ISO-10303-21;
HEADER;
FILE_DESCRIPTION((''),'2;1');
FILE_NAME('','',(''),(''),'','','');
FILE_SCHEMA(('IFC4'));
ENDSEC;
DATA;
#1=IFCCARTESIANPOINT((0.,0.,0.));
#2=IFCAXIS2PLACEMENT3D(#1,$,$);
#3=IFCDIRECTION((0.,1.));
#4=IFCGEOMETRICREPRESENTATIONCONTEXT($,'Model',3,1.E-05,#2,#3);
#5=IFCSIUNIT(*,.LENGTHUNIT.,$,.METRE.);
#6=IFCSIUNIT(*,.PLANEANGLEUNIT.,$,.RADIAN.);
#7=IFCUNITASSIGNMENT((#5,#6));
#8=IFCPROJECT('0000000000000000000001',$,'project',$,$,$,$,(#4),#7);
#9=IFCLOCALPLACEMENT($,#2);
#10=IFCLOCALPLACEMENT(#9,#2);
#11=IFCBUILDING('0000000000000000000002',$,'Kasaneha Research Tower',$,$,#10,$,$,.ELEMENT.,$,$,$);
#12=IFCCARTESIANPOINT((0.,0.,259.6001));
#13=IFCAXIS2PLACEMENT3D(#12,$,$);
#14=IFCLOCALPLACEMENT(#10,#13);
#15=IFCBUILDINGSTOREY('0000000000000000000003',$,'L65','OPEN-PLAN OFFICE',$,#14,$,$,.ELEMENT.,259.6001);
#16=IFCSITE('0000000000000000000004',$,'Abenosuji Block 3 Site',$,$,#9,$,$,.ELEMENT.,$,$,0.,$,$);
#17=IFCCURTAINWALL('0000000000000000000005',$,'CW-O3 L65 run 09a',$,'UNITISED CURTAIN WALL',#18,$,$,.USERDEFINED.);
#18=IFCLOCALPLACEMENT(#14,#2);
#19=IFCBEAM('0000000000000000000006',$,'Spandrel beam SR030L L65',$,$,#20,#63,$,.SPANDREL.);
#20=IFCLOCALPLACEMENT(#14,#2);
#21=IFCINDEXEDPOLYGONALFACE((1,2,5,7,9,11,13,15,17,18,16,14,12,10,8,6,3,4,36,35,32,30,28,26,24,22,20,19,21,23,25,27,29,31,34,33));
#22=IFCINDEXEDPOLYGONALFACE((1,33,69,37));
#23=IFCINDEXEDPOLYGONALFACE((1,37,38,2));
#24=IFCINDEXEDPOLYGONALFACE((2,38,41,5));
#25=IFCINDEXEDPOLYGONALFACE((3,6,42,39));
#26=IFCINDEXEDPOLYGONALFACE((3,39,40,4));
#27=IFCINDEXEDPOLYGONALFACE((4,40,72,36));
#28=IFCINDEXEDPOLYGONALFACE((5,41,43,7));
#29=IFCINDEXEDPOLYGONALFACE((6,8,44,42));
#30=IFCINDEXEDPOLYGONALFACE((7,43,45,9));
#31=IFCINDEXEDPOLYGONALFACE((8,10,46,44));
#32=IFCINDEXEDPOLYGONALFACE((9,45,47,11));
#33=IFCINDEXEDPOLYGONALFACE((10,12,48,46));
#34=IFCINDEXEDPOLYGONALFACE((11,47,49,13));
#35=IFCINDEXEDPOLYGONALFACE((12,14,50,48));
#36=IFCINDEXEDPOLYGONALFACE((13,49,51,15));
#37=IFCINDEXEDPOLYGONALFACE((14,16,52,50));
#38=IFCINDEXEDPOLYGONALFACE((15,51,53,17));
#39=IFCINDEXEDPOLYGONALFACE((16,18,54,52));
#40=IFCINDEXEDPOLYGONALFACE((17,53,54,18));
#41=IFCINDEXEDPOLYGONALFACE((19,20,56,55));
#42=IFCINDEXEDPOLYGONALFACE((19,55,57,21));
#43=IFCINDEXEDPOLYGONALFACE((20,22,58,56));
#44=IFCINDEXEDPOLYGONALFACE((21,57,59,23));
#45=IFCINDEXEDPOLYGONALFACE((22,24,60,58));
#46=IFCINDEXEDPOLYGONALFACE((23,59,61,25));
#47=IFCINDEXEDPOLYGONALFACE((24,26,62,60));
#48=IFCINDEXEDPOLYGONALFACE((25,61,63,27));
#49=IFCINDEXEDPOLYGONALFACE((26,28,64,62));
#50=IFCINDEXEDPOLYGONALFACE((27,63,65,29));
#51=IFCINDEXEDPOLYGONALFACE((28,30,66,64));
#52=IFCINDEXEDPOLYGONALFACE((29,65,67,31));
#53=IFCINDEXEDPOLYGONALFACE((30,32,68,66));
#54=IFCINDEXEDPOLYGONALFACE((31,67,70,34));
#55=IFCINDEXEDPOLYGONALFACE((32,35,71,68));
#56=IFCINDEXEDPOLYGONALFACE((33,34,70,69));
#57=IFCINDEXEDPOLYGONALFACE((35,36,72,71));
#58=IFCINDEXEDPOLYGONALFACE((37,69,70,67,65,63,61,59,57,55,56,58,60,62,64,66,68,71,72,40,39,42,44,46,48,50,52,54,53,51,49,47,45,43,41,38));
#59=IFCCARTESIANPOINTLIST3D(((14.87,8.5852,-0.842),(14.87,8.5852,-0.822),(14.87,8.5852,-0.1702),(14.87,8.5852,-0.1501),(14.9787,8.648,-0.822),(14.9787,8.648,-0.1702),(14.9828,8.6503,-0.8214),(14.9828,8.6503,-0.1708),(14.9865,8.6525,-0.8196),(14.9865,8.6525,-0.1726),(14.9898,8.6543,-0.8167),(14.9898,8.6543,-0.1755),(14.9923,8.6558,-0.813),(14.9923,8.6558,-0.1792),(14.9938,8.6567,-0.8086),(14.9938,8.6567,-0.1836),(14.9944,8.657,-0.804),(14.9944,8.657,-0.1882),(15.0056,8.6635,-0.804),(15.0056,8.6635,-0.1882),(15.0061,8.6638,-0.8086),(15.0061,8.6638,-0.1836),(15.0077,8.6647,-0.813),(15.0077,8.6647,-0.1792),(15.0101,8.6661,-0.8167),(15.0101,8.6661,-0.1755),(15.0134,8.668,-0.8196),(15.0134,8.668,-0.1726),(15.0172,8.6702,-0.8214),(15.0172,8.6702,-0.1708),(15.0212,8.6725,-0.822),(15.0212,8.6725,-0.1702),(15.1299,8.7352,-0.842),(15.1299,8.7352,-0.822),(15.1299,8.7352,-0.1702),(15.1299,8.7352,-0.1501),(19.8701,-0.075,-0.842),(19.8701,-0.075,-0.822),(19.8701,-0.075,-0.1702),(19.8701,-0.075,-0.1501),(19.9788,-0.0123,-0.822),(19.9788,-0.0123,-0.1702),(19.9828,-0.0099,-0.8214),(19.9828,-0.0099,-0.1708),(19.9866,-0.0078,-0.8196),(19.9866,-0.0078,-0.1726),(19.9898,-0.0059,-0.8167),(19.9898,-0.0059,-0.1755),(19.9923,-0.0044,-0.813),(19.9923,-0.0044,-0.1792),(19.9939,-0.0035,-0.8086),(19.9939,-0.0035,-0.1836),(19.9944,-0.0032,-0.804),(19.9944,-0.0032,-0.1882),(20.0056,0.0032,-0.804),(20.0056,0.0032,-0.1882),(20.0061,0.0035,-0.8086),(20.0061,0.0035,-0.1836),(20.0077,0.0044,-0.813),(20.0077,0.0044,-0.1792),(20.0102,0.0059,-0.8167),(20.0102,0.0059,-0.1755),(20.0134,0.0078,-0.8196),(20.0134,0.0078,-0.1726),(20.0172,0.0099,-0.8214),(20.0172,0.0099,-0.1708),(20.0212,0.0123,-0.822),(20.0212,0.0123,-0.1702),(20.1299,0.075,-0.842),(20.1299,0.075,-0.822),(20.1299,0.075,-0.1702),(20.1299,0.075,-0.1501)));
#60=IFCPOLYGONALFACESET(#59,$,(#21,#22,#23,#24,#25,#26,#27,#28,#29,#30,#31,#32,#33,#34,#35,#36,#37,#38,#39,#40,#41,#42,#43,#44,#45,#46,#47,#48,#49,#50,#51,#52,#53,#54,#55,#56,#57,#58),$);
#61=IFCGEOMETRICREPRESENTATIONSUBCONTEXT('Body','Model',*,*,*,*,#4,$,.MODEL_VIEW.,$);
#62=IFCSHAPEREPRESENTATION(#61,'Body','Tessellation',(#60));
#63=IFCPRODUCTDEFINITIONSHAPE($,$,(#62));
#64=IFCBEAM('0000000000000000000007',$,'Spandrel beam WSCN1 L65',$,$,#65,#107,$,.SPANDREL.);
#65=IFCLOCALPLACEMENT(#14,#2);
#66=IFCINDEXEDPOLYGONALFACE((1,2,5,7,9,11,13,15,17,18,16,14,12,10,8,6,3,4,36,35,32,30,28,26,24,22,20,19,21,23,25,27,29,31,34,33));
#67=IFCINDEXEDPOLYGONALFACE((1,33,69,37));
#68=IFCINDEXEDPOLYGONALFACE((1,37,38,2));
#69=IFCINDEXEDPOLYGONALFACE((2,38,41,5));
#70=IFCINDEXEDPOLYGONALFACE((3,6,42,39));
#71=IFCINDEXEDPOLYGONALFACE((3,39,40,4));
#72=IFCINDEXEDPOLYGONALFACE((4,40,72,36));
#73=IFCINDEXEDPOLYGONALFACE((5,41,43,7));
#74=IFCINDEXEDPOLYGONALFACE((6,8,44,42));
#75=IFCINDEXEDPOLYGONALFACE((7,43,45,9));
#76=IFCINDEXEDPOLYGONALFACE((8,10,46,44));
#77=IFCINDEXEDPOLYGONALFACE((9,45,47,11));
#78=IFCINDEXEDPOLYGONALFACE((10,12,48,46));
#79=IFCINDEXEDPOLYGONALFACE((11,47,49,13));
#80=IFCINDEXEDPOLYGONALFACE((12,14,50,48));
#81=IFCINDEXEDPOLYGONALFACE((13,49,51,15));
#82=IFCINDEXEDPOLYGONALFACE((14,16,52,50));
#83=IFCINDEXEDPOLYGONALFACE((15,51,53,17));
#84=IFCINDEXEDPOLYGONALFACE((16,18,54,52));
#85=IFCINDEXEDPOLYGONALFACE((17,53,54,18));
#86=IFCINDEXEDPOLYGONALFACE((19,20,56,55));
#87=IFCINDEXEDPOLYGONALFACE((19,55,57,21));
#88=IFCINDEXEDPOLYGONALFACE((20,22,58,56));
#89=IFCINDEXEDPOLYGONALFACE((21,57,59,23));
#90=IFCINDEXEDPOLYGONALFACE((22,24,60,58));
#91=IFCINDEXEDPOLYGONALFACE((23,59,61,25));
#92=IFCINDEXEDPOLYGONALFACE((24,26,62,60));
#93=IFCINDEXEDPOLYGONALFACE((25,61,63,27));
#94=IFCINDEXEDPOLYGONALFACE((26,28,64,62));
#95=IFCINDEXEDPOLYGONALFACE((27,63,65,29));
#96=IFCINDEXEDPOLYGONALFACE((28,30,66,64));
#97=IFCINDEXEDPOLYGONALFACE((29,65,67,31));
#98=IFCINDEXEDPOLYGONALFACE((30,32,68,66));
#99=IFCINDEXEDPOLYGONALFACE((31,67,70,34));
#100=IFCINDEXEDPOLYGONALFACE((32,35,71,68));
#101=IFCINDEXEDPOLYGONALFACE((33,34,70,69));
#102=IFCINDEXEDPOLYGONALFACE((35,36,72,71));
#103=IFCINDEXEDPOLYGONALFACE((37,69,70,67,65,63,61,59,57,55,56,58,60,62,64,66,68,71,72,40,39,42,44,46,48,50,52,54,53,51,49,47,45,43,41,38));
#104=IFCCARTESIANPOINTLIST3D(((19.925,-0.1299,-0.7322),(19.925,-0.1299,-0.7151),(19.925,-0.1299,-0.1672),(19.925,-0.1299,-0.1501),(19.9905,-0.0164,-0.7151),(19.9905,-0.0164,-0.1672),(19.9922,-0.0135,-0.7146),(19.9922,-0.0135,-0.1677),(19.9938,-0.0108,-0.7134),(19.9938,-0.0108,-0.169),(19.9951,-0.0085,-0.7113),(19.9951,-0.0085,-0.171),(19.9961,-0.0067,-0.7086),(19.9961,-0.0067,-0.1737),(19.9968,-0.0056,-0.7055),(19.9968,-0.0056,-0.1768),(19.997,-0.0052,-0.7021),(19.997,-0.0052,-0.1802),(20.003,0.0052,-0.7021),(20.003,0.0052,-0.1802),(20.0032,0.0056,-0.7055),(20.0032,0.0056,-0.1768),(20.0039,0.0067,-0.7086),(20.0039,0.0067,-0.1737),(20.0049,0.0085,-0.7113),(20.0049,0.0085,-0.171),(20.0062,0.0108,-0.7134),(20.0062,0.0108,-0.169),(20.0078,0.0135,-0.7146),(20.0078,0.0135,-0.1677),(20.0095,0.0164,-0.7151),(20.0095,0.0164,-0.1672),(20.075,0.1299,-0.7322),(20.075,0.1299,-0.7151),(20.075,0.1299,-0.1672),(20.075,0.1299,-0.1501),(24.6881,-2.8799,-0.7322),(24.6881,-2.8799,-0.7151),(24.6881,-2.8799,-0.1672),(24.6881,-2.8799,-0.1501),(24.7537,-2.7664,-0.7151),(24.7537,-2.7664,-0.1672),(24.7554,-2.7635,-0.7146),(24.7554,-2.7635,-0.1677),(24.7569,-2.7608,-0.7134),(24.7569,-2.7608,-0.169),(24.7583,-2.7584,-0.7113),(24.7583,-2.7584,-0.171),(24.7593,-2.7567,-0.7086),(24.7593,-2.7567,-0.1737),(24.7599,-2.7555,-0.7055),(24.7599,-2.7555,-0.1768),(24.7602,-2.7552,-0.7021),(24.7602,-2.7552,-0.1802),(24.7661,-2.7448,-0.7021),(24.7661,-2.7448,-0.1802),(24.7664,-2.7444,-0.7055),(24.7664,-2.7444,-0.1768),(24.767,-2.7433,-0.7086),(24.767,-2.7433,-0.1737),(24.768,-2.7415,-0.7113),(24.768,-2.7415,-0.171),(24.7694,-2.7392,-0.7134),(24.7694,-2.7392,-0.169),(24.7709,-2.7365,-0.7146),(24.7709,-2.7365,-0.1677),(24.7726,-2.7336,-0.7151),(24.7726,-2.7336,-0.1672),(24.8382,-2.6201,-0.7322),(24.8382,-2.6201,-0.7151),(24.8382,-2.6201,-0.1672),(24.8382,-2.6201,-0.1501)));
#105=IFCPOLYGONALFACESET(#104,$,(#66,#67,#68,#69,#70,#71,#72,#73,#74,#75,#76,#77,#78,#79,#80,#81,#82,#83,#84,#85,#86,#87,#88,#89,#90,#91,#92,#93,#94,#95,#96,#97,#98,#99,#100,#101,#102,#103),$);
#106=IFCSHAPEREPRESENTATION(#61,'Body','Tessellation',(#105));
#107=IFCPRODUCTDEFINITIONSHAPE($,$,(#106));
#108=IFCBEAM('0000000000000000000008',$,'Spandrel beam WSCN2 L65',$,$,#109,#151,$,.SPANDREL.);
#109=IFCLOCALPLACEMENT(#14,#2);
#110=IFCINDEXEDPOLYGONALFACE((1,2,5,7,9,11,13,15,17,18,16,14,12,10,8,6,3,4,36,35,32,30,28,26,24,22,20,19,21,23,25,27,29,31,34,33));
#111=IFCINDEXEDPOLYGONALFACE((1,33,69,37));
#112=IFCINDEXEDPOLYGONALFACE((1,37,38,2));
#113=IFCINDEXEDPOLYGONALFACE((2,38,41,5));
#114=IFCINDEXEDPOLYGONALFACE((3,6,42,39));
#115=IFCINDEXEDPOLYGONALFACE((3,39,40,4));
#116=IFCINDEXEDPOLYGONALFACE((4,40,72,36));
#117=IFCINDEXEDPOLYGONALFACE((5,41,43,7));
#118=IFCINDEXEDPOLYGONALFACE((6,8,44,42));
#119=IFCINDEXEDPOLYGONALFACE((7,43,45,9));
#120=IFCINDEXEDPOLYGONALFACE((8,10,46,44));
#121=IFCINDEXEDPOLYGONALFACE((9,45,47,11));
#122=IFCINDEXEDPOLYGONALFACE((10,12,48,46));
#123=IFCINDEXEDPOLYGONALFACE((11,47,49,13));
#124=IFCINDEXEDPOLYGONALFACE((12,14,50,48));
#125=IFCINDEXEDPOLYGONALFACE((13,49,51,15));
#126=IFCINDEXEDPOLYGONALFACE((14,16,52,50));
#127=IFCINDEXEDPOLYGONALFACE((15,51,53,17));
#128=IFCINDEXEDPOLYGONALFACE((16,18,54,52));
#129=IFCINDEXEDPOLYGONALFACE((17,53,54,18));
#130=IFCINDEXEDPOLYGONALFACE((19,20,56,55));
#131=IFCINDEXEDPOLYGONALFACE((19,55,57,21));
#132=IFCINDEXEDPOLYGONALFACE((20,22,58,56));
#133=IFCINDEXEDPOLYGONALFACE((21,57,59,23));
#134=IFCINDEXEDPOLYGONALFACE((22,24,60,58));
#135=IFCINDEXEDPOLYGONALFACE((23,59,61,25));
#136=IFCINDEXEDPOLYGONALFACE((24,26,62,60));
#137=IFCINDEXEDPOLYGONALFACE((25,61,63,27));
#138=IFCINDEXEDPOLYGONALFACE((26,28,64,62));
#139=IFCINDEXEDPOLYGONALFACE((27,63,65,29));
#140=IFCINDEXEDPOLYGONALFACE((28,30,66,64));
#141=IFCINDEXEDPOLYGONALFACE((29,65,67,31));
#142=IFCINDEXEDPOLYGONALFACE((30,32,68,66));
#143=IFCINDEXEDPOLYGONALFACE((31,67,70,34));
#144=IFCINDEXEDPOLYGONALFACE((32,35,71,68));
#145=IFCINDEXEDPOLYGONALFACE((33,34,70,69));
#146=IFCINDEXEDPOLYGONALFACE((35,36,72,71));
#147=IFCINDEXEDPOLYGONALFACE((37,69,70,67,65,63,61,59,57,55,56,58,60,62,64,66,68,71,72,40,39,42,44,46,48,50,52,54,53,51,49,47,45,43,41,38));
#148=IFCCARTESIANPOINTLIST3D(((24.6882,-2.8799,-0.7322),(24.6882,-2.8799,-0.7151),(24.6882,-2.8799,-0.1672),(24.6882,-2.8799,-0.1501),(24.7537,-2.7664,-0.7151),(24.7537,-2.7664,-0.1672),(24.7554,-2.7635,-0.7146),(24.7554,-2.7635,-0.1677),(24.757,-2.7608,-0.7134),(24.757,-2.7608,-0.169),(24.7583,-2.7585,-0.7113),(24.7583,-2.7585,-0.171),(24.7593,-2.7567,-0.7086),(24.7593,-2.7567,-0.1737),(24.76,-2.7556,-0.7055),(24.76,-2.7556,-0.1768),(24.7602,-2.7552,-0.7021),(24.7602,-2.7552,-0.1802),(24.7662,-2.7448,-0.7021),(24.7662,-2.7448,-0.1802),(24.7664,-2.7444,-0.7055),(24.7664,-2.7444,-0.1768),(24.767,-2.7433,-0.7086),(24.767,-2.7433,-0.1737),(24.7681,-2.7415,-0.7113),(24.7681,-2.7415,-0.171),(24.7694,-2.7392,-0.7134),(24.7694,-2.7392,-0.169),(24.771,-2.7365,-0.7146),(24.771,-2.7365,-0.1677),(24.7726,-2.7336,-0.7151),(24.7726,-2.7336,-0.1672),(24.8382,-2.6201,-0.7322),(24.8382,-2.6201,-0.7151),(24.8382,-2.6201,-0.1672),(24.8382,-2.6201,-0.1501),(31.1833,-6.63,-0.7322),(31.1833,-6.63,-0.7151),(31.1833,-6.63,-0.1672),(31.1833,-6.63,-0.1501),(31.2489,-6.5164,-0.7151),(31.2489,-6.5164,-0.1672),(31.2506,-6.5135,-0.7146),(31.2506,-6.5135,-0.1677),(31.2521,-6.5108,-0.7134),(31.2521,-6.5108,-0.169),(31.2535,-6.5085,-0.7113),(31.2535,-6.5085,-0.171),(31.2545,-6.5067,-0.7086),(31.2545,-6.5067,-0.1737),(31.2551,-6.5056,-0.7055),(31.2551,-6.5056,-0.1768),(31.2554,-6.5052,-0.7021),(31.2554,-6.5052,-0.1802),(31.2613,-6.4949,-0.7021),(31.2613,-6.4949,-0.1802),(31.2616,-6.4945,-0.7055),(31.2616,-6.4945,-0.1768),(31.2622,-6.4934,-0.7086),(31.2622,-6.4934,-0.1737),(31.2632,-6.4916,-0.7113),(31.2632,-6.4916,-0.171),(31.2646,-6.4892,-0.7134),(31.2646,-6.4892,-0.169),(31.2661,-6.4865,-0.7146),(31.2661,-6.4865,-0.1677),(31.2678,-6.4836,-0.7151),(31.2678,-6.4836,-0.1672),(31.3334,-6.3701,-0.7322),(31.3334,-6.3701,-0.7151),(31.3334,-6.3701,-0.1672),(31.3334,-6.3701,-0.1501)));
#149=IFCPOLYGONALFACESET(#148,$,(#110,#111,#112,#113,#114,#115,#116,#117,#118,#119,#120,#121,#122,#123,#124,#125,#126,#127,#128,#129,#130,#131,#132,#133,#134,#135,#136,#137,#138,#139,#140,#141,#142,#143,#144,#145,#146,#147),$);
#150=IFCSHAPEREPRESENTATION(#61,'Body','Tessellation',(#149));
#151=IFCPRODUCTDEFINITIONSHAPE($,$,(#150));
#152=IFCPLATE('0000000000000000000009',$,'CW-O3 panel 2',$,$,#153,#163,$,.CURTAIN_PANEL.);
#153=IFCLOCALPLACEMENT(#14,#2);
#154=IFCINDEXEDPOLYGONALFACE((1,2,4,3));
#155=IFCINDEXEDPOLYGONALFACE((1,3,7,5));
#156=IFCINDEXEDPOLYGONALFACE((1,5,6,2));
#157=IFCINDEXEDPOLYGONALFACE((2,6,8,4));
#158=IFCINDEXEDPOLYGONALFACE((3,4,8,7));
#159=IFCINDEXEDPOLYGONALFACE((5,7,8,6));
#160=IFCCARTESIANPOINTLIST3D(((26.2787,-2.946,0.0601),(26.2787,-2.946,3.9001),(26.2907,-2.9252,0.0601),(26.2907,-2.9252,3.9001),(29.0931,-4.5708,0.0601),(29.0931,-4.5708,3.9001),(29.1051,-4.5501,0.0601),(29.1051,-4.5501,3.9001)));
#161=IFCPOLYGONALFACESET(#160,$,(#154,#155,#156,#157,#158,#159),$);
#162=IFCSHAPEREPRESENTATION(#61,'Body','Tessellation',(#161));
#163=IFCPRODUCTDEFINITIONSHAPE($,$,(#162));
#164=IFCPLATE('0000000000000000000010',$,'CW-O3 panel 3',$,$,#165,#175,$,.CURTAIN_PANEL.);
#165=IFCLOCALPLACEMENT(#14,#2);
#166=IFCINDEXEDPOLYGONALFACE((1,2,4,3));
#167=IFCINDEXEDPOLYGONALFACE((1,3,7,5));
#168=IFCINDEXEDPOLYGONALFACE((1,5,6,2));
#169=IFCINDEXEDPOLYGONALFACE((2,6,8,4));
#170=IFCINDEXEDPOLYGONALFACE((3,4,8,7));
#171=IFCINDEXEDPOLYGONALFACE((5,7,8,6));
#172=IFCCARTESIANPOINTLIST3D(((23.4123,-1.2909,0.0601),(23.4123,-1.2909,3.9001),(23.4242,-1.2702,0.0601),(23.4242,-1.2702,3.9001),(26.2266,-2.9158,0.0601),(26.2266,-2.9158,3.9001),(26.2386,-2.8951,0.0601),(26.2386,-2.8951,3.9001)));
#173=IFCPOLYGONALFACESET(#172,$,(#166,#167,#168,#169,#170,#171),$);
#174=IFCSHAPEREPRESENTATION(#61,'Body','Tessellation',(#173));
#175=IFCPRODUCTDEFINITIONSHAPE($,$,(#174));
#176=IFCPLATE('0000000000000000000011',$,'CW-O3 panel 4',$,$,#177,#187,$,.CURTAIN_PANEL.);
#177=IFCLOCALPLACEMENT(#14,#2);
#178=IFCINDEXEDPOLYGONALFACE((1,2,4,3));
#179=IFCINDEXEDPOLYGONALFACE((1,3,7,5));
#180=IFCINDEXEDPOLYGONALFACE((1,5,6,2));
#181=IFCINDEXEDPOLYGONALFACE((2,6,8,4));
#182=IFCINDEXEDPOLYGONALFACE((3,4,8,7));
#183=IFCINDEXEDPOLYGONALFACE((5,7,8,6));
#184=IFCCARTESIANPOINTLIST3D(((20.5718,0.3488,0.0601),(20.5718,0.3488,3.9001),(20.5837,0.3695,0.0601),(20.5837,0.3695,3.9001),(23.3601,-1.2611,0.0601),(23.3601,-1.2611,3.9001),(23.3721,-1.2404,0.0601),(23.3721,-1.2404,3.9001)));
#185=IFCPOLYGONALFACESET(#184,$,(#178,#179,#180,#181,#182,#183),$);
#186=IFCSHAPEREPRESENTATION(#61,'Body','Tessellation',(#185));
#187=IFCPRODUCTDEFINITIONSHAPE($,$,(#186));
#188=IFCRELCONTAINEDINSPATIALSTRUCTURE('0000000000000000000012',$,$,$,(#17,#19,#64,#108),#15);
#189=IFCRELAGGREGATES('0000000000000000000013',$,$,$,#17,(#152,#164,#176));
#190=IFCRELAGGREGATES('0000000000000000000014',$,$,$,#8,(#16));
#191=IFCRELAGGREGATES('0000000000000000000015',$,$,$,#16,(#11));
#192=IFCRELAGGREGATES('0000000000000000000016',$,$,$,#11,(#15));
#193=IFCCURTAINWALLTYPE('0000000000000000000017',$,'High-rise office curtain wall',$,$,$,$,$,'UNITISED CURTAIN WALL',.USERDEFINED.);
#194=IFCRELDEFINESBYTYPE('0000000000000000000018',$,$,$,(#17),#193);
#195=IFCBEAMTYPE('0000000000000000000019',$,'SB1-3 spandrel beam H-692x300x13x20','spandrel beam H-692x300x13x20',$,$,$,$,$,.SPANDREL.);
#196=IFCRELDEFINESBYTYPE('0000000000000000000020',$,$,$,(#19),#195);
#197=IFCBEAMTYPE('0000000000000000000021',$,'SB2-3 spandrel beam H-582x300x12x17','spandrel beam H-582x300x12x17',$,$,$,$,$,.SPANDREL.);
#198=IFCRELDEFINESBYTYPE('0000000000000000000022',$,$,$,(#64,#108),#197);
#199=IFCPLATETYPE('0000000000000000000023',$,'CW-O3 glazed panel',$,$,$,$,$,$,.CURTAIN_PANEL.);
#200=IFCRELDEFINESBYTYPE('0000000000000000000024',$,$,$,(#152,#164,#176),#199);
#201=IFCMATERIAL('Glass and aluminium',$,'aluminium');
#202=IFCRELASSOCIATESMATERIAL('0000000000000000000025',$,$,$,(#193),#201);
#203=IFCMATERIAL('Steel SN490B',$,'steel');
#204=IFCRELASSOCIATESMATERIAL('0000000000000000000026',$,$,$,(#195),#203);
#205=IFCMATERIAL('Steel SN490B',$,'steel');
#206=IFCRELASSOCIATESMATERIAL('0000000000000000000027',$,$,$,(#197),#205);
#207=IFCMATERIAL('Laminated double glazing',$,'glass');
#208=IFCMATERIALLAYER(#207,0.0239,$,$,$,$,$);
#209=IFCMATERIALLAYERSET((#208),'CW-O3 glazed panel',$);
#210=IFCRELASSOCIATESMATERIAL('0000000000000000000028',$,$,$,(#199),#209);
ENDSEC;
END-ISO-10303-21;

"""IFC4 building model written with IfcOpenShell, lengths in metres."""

from ifc_helpers import new_model, si_unit, direction, frame, origin, origin_2d, place, context, subcontext, project, spatial, rectangle, i_section, extrude, material, layer, layer_set, material_profile, profile_set, type_object, element, aggregate, save


model = new_model("IFC4")

# Units and contexts
model_context = context("Model", 3, precision=1e-05, world=origin(), true_north=direction((0.0, 1.0)))
body_context = subcontext(model_context, "Body", "Model", "MODEL_VIEW")
ifc_project = project(units=[si_unit("LENGTHUNIT", "METRE"), si_unit("PLANEANGLEUNIT", "RADIAN")], contexts=[model_context])

# Site, building, storey
site_placement = place(None, origin())
site = spatial("IfcSite", under=ifc_project, at=site_placement, Name="Abenosuji Block 3 Site", CompositionType="ELEMENT", RefElevation=0.0)
building_placement = place(site_placement, origin())
building = spatial("IfcBuilding", under=site, at=building_placement, Name="Kasaneha Research Tower", CompositionType="ELEMENT")
storey_placement = place(building_placement, frame((0.0, 0.0, 259.6001)))
storey = spatial("IfcBuildingStorey", under=building, at=storey_placement, Name="L65", Description="OPEN-PLAN OFFICE", CompositionType="ELEMENT", Elevation=259.6001)

# Curtain wall
ifc_material_1 = material(Name="Glass and aluminium", Category="aluminium")
curtain_wall_type = type_object("IfcCurtainWallType", Name="High-rise office curtain wall", ElementType="UNITISED CURTAIN WALL", PredefinedType="USERDEFINED", material=ifc_material_1)
curtain_wall_placement = place(storey_placement, origin())
curtain_wall = element("IfcCurtainWall", 1, at=curtain_wall_placement, inside=storey, type_object=curtain_wall_type, Name="CW-O3 L65 run 09a", ObjectType="UNITISED CURTAIN WALL", PredefinedType="USERDEFINED")

# Beams
ifc_material_2 = material(Name="Steel SN490B", Category="steel")
ifc_material_profile_1 = material_profile(ifc_material_2, i_section(OverallWidth=0.3, OverallDepth=0.6919, WebThickness=0.0129, FlangeThickness=0.02, FilletRadius=0.0181, at=origin_2d()), Name="H-692x300x13x20")
ifc_profile_set_1 = profile_set([ifc_material_profile_1], Name="Steel SN490B")
beam_type_1 = type_object("IfcBeamType", Name="SB1-3 spandrel beam H-692x300x13x20", Description="spandrel beam H-692x300x13x20", PredefinedType="SPANDREL", material=ifc_profile_set_1)
beam_1_placement = place(storey_placement, frame((20.0, 0.0, -0.4961), z_axis=(-0.500004, 0.866023, 0.0), x_axis=(-0.866023, -0.500004, 0.0)))
element("IfcBeam", 2, at=beam_1_placement, inside=storey, type_object=beam_type_1, Name="Spandrel beam SR030L L65", PredefinedType="SPANDREL", context=body_context, shape_type="SweptSolid", body=[
    extrude(i_section(OverallWidth=0.3, OverallDepth=0.6919, WebThickness=0.0129, FlangeThickness=0.02, FilletRadius=0.0181, at=origin_2d()), origin(), (0.0, 0.0, 1.0), 10.0),
])
ifc_material_3 = material(Name="Steel SN490B", Category="steel")
ifc_material_profile_2 = material_profile(ifc_material_3, i_section(OverallWidth=0.3, OverallDepth=0.582, WebThickness=0.012, FlangeThickness=0.0171, FilletRadius=0.0129, at=origin_2d()), Name="H-582x300x12x17")
ifc_profile_set_2 = profile_set([ifc_material_profile_2], Name="Steel SN490B")
beam_type_2 = type_object("IfcBeamType", Name="SB2-3 spandrel beam H-582x300x12x17", Description="spandrel beam H-582x300x12x17", PredefinedType="SPANDREL", material=ifc_profile_set_2)
beam_2_placement = place(storey_placement, frame((20.0, 0.0, -0.4412), z_axis=(0.866027, -0.499997, 0.0), x_axis=(0.499997, 0.866027, 0.0)))
element("IfcBeam", 3, at=beam_2_placement, inside=storey, type_object=beam_type_2, Name="Spandrel beam WSCN1 L65", PredefinedType="SPANDREL", context=body_context, shape_type="SweptSolid", body=[
    extrude(i_section(OverallWidth=0.3, OverallDepth=0.582, WebThickness=0.012, FlangeThickness=0.0171, FilletRadius=0.0129, at=origin_2d()), origin(), (0.0, 0.0, 1.0), 5.5),
])
beam_3_placement = place(storey_placement, frame((24.7632, -2.75, -0.4412), z_axis=(0.866023, -0.500004, 0.0), x_axis=(0.500004, 0.866023, 0.0)))
element("IfcBeam", 4, at=beam_3_placement, inside=storey, type_object=beam_type_2, Name="Spandrel beam WSCN2 L65", PredefinedType="SPANDREL", context=body_context, shape_type="SweptSolid", body=[
    extrude(i_section(OverallWidth=0.3, OverallDepth=0.582, WebThickness=0.012, FlangeThickness=0.0171, FilletRadius=0.0129, at=origin_2d()), origin(), (0.0, 0.0, 1.0), 7.5),
])

# Plates
ifc_material_4 = material(Name="Laminated double glazing", Category="glass")
ifc_layer_1 = layer(ifc_material_4, 0.0239)
ifc_layer_set_1 = layer_set([ifc_layer_1], Name="CW-O3 glazed panel")
plate_type = type_object("IfcPlateType", Name="CW-O3 glazed panel", PredefinedType="CURTAIN_PANEL", material=ifc_layer_set_1)
plate_1_placement = place(storey_placement, frame((27.6919, -3.748, 0.0601), z_axis=(0.0, 0.0, 1.0), x_axis=(-0.866025, 0.5, 0.0)))
plate_1 = element("IfcPlate", 5, at=plate_1_placement, type_object=plate_type, Name="CW-O3 panel 2", PredefinedType="CURTAIN_PANEL", context=body_context, shape_type="SweptSolid", body=[
    extrude(rectangle(XDim=3.2498, YDim=0.0239, at=origin_2d()), origin(), (0.0, 0.0, 1.0), 3.8401),
])
plate_2_placement = place(storey_placement, frame((24.8254, -2.093, 0.0601), z_axis=(0.0, 0.0, 1.0), x_axis=(-0.866025, 0.5, 0.0)))
plate_2 = element("IfcPlate", 6, at=plate_2_placement, type_object=plate_type, Name="CW-O3 panel 3", PredefinedType="CURTAIN_PANEL", context=body_context, shape_type="SweptSolid", body=[
    extrude(rectangle(XDim=3.2498, YDim=0.0239, at=origin_2d()), origin(), (0.0, 0.0, 1.0), 3.8401),
])
plate_3_placement = place(storey_placement, frame((21.9719, -0.4458, 0.0601), z_axis=(0.0, 0.0, 1.0), x_axis=(-0.866025, 0.5, 0.0)))
plate_3 = element("IfcPlate", 7, at=plate_3_placement, type_object=plate_type, Name="CW-O3 panel 4", PredefinedType="CURTAIN_PANEL", context=body_context, shape_type="SweptSolid", body=[
    extrude(rectangle(XDim=3.2197, YDim=0.0239, at=origin_2d()), origin(), (0.0, 0.0, 1.0), 3.8401),
])
aggregate(curtain_wall, [plate_1, plate_2, plate_3])

save(model, "model.ifc")
